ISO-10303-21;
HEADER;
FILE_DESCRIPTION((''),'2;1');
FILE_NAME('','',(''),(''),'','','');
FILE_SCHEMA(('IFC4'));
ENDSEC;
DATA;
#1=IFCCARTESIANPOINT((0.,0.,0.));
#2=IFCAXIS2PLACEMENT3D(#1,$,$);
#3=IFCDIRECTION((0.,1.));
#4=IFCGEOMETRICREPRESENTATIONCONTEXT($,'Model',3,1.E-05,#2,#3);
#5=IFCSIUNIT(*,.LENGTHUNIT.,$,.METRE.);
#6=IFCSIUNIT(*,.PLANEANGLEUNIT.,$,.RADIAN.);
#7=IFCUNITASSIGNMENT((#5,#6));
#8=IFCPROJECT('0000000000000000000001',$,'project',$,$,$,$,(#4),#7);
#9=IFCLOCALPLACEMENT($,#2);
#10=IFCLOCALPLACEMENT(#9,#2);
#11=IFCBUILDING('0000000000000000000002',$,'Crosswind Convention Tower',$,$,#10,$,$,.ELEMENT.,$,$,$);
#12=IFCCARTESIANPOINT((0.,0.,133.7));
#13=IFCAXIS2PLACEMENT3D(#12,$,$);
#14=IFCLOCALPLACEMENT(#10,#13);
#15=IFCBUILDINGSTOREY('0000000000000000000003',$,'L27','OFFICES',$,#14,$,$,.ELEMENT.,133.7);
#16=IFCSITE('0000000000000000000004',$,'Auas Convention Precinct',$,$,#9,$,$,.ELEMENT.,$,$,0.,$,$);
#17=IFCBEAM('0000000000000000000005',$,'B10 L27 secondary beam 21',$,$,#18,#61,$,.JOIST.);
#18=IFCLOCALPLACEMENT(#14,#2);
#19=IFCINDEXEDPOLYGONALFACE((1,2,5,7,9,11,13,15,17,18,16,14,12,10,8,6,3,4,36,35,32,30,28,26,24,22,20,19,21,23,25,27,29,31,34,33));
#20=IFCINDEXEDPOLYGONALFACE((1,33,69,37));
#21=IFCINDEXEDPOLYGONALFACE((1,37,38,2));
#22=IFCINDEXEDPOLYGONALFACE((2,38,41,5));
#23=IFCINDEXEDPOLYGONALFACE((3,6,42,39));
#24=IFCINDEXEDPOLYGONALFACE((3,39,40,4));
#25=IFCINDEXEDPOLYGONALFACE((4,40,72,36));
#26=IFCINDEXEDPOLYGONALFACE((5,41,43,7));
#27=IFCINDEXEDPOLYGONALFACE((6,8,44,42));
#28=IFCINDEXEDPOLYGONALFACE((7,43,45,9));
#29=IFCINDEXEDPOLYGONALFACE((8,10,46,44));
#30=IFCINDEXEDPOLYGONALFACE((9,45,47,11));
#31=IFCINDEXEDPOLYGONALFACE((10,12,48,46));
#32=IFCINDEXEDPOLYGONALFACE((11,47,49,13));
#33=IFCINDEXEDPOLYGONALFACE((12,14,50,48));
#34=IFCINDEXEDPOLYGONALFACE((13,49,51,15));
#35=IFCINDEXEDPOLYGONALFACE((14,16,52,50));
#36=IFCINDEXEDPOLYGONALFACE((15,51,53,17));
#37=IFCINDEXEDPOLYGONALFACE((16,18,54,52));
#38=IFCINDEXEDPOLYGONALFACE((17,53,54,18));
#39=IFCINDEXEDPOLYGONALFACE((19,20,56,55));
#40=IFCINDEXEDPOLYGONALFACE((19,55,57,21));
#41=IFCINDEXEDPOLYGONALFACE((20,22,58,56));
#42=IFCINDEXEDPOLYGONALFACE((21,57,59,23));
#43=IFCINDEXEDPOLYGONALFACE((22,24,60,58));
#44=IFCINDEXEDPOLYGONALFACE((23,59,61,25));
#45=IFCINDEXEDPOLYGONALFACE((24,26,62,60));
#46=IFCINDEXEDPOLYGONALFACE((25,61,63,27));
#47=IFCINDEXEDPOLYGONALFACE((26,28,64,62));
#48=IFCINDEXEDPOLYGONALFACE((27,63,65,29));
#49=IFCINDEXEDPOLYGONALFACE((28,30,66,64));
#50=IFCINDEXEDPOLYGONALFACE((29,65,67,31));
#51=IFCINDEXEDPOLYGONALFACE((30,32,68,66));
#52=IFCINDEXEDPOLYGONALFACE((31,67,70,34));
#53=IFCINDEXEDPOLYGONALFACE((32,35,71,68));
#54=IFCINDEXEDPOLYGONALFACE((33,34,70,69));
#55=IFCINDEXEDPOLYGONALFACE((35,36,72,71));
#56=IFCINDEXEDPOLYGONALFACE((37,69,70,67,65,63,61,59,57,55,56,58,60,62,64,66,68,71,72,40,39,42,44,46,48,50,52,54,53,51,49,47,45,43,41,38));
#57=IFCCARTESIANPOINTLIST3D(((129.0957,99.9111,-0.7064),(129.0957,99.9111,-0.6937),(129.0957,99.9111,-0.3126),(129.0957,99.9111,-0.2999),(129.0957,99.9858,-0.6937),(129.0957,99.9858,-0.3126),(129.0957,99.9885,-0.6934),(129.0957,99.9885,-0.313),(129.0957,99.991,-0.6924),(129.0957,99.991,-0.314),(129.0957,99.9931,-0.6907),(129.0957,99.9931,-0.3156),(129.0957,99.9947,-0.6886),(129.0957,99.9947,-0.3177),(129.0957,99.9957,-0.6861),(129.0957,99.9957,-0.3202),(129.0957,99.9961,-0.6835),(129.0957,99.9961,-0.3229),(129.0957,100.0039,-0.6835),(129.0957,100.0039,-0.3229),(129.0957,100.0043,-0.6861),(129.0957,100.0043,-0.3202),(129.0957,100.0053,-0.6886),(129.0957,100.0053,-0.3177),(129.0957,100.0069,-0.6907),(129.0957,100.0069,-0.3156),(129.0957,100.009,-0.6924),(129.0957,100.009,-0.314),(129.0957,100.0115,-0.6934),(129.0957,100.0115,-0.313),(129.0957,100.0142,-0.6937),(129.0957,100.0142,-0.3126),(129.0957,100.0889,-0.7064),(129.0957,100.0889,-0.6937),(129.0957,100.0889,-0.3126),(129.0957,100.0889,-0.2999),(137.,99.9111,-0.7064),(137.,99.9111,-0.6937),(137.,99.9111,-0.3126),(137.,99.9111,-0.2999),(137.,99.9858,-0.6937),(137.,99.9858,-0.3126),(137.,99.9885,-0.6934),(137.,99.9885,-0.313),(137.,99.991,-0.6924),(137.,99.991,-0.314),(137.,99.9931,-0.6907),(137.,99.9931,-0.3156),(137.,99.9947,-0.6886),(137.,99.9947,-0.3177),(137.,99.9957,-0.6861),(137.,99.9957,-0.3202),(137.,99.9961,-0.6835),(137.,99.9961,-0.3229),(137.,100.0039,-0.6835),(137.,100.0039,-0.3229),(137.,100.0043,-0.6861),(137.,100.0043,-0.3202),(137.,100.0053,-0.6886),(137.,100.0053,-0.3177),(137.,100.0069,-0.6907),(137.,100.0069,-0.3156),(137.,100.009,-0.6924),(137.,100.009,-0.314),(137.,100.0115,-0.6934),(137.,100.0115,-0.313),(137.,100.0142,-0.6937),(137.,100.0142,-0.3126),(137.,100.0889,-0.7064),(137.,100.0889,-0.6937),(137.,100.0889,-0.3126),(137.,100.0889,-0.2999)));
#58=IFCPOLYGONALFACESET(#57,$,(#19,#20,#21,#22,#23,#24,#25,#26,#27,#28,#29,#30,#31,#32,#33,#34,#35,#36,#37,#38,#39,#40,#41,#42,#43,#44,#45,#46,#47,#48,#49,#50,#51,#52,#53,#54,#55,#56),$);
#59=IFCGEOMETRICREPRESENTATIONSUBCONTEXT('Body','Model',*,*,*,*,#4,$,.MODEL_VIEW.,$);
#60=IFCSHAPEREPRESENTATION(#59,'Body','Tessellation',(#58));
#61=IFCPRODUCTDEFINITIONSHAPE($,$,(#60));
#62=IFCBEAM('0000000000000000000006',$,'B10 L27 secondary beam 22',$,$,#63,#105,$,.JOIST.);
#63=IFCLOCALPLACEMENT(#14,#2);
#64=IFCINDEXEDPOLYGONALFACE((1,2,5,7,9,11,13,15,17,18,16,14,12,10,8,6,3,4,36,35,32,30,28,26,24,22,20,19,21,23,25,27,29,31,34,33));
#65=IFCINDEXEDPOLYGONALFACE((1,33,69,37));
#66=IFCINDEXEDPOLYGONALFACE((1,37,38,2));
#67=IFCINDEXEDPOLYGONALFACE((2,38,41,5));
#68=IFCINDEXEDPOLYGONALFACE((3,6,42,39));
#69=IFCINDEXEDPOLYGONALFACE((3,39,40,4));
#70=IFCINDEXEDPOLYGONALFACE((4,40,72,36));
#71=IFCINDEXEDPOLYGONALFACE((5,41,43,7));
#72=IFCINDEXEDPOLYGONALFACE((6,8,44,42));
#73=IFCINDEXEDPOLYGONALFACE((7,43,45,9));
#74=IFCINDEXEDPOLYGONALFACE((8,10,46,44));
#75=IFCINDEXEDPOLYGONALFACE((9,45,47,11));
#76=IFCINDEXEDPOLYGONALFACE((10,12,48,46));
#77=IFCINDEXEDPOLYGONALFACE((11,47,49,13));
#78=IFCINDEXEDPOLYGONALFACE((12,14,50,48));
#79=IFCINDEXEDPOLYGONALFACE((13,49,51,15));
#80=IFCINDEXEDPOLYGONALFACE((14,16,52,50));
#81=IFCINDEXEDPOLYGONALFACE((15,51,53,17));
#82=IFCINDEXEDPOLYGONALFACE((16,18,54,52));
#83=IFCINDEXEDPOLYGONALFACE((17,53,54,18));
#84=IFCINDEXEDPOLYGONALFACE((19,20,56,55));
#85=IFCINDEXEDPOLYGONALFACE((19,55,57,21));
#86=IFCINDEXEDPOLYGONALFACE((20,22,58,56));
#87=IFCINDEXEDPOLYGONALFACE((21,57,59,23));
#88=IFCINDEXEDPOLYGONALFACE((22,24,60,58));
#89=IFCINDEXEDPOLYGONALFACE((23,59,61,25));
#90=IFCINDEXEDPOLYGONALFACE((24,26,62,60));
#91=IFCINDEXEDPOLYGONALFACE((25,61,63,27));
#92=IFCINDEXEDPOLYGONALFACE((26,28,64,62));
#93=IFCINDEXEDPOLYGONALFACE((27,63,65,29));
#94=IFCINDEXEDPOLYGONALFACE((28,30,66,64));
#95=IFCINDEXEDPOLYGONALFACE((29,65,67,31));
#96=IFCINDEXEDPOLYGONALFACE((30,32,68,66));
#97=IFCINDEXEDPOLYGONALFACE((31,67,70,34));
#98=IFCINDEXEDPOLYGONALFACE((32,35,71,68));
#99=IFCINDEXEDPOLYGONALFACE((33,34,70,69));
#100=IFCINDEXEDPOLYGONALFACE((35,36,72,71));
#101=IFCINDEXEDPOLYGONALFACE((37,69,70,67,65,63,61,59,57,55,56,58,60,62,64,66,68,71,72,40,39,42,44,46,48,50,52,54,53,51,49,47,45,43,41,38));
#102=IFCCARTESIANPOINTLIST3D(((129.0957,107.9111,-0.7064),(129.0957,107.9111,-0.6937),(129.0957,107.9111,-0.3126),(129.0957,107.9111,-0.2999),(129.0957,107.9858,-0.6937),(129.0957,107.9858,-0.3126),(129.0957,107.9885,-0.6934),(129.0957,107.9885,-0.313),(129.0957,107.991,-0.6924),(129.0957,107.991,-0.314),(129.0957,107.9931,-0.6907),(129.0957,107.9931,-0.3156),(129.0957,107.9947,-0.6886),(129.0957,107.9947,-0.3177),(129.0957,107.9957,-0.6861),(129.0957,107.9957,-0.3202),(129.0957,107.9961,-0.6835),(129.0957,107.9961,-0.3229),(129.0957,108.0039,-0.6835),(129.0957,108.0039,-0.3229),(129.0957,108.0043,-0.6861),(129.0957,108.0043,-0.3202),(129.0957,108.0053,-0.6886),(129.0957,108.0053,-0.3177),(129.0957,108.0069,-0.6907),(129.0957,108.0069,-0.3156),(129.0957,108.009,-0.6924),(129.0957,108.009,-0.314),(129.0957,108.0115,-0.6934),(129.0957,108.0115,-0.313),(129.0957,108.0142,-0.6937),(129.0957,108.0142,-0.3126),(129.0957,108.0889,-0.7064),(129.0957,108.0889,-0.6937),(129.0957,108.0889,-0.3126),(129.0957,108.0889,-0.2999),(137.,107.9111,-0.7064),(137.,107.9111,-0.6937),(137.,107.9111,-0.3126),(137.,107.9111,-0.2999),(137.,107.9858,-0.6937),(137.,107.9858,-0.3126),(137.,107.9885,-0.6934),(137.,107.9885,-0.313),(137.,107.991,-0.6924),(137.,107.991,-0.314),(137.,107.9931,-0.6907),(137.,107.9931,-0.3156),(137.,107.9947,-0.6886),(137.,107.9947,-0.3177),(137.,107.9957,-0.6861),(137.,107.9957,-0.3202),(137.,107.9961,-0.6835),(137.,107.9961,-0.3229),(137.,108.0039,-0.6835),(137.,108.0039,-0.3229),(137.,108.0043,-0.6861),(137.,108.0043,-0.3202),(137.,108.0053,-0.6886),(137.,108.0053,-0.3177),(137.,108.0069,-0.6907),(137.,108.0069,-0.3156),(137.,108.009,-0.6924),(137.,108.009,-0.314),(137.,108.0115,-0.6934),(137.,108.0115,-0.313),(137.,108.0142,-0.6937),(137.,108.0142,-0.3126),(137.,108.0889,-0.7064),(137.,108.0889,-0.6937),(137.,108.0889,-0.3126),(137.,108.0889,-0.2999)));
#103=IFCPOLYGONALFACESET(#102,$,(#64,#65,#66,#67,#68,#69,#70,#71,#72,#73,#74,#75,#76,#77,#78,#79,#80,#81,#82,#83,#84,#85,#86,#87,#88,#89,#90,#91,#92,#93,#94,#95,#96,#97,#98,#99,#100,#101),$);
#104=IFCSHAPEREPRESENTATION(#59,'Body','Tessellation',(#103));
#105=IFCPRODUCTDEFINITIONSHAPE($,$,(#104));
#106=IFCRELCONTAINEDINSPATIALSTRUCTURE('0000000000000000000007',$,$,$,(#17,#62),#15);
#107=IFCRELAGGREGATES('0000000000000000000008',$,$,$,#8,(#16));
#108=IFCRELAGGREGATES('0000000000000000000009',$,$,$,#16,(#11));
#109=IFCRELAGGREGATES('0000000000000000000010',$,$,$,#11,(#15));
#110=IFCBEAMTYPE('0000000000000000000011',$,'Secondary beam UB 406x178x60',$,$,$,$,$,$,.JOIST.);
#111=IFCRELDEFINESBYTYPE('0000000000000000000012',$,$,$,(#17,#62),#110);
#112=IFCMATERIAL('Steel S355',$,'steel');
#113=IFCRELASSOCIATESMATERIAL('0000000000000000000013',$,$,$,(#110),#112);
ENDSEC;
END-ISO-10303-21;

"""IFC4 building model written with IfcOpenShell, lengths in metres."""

from ifc_helpers import new_model, si_unit, direction, frame, origin, origin_2d, place, context, subcontext, project, spatial, i_section, extrude, material, material_profile, profile_set, type_object, element, save


model = new_model("IFC4")

# Units and contexts
model_context = context("Model", 3, precision=1e-05, world=origin(), true_north=direction((0.0, 1.0)))
body_context = subcontext(model_context, "Body", "Model", "MODEL_VIEW")
ifc_project = project(units=[si_unit("LENGTHUNIT", "METRE"), si_unit("PLANEANGLEUNIT", "RADIAN")], contexts=[model_context])

# Site, building, storey
site_placement = place(None, origin())
site = spatial("IfcSite", under=ifc_project, at=site_placement, Name="Auas Convention Precinct", CompositionType="ELEMENT", RefElevation=0.0)
building_placement = place(site_placement, origin())
building = spatial("IfcBuilding", under=site, at=building_placement, Name="Crosswind Convention Tower", CompositionType="ELEMENT")
storey_placement = place(building_placement, frame((0.0, 0.0, 133.7)))
storey = spatial("IfcBuildingStorey", under=building, at=storey_placement, Name="L27", Description="OFFICES", CompositionType="ELEMENT", Elevation=133.7)

# Beams
ifc_material_1 = material(Name="Steel S355", Category="steel")
ifc_material_profile_1 = material_profile(ifc_material_1, i_section(OverallWidth=0.1777, OverallDepth=0.4065, WebThickness=0.0078, FlangeThickness=0.0127, FilletRadius=0.0103, at=origin_2d()), Name="UB 406x178x60")
ifc_profile_set_1 = profile_set([ifc_material_profile_1], Name="Steel S355")
beam_type_1 = type_object("IfcBeamType", Name="Secondary beam UB 406x178x60", PredefinedType="JOIST", material=ifc_profile_set_1)
for number, where, z_axis, x_axis, name in (
    (1, (129.0957, 100.0, -0.5032), (1.0, 0.0, 0.0), (0.0, 1.0, 0.0), "B10 L27 secondary beam 21"),
    (2, (129.0957, 108.0, -0.5032), (1.0, 0.0, 0.0), (0.0, 1.0, 0.0), "B10 L27 secondary beam 22"),
):
    element("IfcBeam", number, at=place(storey_placement, frame(where, z_axis=z_axis, x_axis=x_axis)), inside=storey, type_object=beam_type_1, Name=name, PredefinedType="JOIST", context=body_context, shape_type="SweptSolid", body=[
        extrude(i_section(OverallWidth=0.1777, OverallDepth=0.4065, WebThickness=0.0078, FlangeThickness=0.0127, FilletRadius=0.0103, at=origin_2d()), origin(), (0.0, 0.0, 1.0), 7.9043),
    ])

save(model, "model.ifc")
